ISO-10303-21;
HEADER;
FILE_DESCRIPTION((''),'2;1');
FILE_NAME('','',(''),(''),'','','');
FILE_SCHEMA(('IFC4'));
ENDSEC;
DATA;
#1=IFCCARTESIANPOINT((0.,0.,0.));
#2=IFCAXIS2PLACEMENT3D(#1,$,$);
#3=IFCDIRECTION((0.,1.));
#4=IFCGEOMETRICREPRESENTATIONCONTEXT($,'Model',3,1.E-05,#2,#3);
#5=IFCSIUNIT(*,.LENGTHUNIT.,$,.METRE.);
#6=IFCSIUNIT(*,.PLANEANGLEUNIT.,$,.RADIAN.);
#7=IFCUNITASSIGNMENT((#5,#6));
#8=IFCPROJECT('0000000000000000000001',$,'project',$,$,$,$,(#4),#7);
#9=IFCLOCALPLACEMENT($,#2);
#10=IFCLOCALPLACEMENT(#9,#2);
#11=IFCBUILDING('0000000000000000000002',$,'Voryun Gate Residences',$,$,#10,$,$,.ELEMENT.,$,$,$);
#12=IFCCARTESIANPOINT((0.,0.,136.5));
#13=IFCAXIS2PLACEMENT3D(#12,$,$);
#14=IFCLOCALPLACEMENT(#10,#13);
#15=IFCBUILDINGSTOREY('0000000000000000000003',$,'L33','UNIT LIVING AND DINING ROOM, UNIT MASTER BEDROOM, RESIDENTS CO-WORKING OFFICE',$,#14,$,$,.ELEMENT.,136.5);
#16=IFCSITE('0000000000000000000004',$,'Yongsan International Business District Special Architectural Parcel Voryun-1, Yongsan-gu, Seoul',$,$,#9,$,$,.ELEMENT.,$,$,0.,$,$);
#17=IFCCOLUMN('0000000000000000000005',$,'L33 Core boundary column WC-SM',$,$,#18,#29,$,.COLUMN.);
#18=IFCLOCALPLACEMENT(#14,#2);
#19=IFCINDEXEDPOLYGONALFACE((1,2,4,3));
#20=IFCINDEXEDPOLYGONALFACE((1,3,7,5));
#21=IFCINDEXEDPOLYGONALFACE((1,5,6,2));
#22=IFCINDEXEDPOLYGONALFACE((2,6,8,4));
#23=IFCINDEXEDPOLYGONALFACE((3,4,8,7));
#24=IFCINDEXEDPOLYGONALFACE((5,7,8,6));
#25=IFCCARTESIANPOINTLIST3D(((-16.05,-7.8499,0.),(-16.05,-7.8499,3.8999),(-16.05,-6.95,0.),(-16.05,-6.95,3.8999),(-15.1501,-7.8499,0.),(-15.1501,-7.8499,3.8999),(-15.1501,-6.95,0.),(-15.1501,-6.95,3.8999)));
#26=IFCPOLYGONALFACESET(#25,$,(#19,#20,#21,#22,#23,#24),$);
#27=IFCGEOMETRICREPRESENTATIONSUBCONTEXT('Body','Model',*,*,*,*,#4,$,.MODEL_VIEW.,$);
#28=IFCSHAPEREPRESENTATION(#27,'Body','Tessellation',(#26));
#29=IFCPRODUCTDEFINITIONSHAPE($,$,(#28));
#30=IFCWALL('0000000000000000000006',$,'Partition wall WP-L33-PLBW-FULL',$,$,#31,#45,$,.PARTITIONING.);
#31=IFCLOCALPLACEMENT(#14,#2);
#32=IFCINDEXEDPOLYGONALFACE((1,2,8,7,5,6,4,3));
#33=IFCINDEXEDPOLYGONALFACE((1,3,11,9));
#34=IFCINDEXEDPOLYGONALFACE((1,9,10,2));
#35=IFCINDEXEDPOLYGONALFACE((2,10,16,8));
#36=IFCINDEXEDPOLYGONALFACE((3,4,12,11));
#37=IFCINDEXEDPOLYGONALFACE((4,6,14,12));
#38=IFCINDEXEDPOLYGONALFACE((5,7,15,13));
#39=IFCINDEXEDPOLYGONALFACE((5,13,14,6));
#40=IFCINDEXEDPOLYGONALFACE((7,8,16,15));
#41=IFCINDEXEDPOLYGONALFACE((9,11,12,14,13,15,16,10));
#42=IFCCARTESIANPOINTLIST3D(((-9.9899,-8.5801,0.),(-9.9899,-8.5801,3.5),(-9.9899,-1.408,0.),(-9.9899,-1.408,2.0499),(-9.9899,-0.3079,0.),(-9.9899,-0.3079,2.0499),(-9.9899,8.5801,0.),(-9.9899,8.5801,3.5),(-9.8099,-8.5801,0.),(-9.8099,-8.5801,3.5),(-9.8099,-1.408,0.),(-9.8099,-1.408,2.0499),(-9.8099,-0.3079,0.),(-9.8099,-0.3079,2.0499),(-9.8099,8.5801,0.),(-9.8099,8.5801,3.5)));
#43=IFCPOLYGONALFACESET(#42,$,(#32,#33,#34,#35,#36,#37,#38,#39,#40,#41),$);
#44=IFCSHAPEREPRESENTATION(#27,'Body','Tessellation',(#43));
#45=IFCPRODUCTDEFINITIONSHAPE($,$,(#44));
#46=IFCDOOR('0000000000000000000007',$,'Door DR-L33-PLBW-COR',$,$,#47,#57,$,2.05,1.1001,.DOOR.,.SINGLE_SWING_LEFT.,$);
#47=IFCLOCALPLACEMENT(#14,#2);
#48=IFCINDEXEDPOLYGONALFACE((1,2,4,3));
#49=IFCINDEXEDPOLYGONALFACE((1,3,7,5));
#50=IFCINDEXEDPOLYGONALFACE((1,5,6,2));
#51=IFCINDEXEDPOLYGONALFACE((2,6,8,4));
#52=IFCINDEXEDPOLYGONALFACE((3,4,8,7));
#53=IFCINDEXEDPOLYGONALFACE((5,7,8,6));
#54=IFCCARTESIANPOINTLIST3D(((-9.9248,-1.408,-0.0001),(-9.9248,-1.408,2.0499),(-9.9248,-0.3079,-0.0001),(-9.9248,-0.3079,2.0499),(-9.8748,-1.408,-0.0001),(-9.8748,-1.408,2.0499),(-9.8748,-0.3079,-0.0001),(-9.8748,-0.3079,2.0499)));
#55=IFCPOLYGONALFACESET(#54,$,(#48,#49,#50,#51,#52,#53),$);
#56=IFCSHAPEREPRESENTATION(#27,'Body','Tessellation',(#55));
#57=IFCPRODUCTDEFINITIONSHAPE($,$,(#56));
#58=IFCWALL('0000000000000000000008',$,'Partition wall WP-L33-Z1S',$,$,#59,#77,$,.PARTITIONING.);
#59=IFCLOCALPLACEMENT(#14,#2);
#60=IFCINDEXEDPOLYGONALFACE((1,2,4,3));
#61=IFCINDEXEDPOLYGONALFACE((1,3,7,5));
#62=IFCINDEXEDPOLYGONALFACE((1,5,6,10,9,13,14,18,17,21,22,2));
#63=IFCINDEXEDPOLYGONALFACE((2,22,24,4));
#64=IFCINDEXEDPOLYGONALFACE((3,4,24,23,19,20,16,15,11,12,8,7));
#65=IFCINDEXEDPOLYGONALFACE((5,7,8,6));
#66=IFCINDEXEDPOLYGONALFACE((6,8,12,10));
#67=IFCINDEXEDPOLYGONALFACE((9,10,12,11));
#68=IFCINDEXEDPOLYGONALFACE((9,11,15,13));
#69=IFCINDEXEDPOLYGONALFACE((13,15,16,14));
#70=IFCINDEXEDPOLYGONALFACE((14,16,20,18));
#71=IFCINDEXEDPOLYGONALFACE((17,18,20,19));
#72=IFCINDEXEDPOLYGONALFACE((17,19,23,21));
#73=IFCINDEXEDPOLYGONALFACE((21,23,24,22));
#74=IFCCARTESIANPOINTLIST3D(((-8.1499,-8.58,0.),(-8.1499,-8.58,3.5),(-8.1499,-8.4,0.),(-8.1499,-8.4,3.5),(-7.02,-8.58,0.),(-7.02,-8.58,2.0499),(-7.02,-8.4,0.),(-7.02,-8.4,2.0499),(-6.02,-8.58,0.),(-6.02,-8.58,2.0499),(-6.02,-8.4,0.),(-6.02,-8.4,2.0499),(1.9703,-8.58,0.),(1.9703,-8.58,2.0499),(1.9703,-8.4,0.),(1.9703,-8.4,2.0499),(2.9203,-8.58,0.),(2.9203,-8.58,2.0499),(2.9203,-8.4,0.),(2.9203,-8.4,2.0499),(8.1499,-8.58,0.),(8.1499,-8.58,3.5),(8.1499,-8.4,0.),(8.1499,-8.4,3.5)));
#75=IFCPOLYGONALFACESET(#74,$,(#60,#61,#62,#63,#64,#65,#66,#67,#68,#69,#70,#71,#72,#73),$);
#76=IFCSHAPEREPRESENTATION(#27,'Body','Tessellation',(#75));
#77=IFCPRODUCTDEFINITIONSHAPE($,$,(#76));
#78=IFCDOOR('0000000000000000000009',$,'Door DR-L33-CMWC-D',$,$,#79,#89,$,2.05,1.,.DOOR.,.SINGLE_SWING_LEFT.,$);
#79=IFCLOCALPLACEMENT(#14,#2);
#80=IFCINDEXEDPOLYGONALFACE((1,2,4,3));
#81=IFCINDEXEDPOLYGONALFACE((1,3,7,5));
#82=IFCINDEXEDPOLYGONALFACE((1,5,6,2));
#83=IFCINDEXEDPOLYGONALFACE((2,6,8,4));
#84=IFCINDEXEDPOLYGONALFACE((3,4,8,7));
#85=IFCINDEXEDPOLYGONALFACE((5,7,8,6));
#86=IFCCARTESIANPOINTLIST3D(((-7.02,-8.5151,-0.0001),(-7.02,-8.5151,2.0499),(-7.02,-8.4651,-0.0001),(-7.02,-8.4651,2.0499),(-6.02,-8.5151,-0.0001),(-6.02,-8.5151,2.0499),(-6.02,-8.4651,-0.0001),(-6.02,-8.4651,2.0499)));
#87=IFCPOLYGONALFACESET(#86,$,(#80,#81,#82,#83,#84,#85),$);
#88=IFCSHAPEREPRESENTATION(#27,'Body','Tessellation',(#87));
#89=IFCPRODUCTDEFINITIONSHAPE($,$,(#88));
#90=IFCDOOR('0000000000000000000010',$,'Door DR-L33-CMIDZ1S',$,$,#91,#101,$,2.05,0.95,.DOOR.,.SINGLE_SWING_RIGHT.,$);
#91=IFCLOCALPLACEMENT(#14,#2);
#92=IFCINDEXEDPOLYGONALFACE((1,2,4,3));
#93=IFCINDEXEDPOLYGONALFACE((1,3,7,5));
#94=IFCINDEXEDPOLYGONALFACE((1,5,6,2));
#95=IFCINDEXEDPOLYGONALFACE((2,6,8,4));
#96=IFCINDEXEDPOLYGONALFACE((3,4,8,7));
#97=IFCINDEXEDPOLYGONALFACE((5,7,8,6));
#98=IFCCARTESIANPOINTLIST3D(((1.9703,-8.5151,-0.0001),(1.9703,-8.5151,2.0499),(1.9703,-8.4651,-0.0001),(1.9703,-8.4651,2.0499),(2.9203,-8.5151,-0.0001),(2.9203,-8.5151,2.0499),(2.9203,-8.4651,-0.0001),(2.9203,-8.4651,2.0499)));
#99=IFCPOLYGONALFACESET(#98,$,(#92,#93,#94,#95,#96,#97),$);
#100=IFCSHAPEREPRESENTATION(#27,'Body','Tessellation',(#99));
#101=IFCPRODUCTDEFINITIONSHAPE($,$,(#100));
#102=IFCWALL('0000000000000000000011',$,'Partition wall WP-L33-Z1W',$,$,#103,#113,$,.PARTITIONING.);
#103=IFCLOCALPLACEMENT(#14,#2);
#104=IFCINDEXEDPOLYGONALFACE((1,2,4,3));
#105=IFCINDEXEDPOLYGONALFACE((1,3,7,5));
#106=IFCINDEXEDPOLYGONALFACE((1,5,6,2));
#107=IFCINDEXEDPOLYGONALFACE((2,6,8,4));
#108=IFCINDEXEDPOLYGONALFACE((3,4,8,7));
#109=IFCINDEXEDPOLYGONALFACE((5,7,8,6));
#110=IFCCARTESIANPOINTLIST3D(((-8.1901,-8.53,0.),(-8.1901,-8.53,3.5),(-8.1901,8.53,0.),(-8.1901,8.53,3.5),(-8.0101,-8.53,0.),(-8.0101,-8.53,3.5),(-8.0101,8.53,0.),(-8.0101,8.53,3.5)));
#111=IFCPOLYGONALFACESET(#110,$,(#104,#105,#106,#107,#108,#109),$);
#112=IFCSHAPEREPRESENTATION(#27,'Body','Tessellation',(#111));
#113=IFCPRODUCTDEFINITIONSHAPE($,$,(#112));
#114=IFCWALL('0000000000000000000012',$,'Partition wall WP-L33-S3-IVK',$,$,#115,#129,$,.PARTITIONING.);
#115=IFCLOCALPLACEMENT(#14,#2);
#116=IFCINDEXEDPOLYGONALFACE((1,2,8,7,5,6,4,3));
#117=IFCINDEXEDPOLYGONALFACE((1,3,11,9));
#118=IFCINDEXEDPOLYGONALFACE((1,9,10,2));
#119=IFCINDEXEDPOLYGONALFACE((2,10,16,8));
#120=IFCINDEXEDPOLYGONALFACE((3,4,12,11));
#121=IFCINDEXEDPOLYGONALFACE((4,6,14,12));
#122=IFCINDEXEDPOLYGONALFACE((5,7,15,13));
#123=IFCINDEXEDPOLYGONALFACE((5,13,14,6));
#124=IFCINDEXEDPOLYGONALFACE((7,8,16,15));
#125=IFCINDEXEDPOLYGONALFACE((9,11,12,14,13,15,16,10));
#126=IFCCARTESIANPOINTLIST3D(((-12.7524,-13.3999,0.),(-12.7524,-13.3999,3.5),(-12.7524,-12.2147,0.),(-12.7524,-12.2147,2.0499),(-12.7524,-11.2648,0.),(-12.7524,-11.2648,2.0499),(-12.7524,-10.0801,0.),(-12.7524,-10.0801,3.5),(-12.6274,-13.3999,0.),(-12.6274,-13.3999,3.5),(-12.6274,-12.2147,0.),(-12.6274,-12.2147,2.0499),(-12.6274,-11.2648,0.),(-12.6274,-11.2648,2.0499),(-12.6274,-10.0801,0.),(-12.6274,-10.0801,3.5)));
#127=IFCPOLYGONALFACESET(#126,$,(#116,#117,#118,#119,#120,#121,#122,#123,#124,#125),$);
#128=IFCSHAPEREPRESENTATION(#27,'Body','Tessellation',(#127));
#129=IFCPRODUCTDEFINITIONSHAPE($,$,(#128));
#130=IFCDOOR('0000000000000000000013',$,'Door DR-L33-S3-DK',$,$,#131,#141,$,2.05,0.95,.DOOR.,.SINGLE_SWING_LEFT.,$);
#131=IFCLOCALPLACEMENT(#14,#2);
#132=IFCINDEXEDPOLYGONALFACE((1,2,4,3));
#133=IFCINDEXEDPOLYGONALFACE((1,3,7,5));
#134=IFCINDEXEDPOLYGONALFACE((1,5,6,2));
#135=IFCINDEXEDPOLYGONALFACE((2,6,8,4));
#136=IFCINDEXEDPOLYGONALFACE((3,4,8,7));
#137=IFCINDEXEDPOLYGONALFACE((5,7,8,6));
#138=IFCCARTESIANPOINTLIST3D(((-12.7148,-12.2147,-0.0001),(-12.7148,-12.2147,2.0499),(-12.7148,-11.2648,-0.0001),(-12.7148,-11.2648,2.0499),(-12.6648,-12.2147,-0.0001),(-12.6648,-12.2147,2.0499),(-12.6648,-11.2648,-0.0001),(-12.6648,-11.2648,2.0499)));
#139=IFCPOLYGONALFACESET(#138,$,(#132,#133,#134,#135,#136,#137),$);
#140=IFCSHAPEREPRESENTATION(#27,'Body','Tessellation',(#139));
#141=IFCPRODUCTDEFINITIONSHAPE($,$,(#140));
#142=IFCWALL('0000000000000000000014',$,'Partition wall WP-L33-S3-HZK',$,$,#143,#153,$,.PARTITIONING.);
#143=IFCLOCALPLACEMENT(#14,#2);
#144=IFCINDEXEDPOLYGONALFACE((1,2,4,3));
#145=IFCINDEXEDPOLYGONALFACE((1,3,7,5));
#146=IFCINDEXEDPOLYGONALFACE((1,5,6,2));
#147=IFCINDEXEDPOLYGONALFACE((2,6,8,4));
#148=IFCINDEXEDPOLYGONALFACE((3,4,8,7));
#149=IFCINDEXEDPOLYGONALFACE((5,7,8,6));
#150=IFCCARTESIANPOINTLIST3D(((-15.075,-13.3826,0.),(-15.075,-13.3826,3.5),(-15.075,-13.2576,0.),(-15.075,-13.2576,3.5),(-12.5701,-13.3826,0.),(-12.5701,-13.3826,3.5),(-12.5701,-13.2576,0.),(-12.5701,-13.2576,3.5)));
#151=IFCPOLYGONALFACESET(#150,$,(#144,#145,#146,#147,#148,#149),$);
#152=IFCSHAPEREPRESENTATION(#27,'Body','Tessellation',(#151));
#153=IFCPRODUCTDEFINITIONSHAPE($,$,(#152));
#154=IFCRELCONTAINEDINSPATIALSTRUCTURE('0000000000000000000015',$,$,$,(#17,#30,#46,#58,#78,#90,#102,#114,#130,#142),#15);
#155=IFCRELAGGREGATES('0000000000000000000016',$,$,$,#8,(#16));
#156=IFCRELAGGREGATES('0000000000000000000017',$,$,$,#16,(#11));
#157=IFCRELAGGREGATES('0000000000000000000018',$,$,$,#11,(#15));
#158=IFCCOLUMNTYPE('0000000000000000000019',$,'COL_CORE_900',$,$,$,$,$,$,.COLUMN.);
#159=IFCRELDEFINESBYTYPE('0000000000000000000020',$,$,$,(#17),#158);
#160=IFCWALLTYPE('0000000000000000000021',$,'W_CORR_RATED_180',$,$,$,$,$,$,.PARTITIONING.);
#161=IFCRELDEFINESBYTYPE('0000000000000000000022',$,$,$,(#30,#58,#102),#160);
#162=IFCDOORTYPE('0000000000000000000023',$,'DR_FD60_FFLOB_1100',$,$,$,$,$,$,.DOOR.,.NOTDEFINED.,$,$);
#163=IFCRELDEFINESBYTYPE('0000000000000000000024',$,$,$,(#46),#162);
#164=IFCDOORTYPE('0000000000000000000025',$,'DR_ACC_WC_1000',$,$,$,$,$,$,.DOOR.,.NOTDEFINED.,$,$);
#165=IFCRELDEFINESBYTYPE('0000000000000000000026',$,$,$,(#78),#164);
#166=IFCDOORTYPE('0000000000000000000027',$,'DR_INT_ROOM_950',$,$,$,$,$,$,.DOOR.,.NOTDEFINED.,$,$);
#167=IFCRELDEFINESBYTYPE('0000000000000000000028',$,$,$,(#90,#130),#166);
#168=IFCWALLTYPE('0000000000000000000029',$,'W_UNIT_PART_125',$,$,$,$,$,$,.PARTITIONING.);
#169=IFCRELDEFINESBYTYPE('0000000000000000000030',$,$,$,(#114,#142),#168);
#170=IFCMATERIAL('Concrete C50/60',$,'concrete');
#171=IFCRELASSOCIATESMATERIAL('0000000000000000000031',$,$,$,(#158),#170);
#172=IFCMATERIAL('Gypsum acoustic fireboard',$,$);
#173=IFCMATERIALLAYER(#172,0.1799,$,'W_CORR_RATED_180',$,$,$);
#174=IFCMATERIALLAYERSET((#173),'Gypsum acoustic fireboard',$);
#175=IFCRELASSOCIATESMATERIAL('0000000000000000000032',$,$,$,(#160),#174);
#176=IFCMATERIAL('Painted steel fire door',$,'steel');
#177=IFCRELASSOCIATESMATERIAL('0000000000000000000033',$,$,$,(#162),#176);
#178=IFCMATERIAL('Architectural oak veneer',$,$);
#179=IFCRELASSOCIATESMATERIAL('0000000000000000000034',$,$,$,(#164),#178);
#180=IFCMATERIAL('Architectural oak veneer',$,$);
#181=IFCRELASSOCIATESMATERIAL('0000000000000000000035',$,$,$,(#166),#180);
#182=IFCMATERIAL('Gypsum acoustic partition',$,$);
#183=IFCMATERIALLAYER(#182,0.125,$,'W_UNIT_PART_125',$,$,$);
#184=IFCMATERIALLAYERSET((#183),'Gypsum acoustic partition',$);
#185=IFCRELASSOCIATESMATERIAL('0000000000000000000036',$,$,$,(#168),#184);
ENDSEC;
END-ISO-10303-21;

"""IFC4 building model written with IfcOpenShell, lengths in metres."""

from ifc_helpers import new_model, si_unit, direction, frame, frame_2d, origin, origin_2d, place, context, subcontext, project, spatial, rectangle, extrude, material, layer, layer_set, material_profile, profile_set, type_object, element, fill, save


model = new_model("IFC4")

# Units and contexts
model_context = context("Model", 3, precision=1e-05, world=origin(), true_north=direction((0.0, 1.0)))
body_context = subcontext(model_context, "Body", "Model", "MODEL_VIEW")
ifc_project = project(units=[si_unit("LENGTHUNIT", "METRE"), si_unit("PLANEANGLEUNIT", "RADIAN")], contexts=[model_context])

# Site, building, storey
site_placement = place(None, origin())
site = spatial("IfcSite", under=ifc_project, at=site_placement, Name="Yongsan International Business District Special Architectural Parcel Voryun-1, Yongsan-gu, Seoul", CompositionType="ELEMENT", RefElevation=0.0)
building_placement = place(site_placement, origin())
building = spatial("IfcBuilding", under=site, at=building_placement, Name="Voryun Gate Residences", CompositionType="ELEMENT")
storey_placement = place(building_placement, frame((0.0, 0.0, 136.5)))
storey = spatial("IfcBuildingStorey", under=building, at=storey_placement, Name="L33", Description="UNIT LIVING AND DINING ROOM, UNIT MASTER BEDROOM, RESIDENTS CO-WORKING OFFICE", CompositionType="ELEMENT", Elevation=136.5)

# Column
ifc_material_1 = material(Name="Concrete C50/60", Category="concrete")
ifc_material_profile = material_profile(ifc_material_1, rectangle(XDim=0.8999, YDim=0.8999, at=origin_2d()), Name="RC-900x900")
ifc_profile_set = profile_set([ifc_material_profile], Name="Concrete C50/60")
column_type = type_object("IfcColumnType", Name="COL_CORE_900", PredefinedType="COLUMN", material=ifc_profile_set)
column_placement = place(storey_placement, frame((-15.6001, -7.3999, 0.0), z_axis=(0.0, 0.0, 1.0), x_axis=(1.0, 0.0, 0.0)))
element("IfcColumn", 1, at=column_placement, inside=storey, type_object=column_type, Name="L33 Core boundary column WC-SM", PredefinedType="COLUMN", context=body_context, shape_type="SweptSolid", body=[
    extrude(rectangle(XDim=0.8999, YDim=0.8999, at=origin_2d()), origin(), (0.0, 0.0, 1.0), 3.8999),
])

# Wall, opening, door
ifc_material_2 = material(Name="Gypsum acoustic fireboard")
ifc_layer_1 = layer(ifc_material_2, 0.1799, Name="W_CORR_RATED_180")
ifc_layer_set_1 = layer_set([ifc_layer_1], Name="Gypsum acoustic fireboard")
wall_type_1 = type_object("IfcWallType", Name="W_CORR_RATED_180", PredefinedType="PARTITIONING", material=ifc_layer_set_1)
wall_1_placement = place(storey_placement, frame((-9.8999, -8.5801, 0.0), z_axis=(0.0, 0.0, 1.0), x_axis=(0.0, 1.0, 0.0)))
wall_1 = element("IfcWall", 2, at=wall_1_placement, inside=storey, type_object=wall_type_1, Name="Partition wall WP-L33-PLBW-FULL", PredefinedType="PARTITIONING", context=body_context, shape_type="SweptSolid", body=[
    extrude(rectangle(XDim=17.1602, YDim=0.1799, at=frame_2d((8.5801, 0.0))), origin(), (0.0, 0.0, 1.0), 3.5),
])
opening_1_placement = place(wall_1_placement, frame((7.1721, 0.0, 0.0)))
opening_1 = element("IfcOpeningElement", 3, at=opening_1_placement, cuts=wall_1, PredefinedType="OPENING", context=body_context, shape_type="SweptSolid", body=[
    extrude(rectangle(XDim=1.1001, YDim=2.05, at=frame_2d((0.55, 1.0249))), frame((0.0, 0.0999, 0.0), z_axis=(0.0, -1.0, 0.0), x_axis=(1.0, 0.0, 0.0)), (0.0, 0.0, 1.0), 0.2),
])
ifc_material_3 = material(Name="Painted steel fire door", Category="steel")
door_type_1 = type_object("IfcDoorType", Name="DR_FD60_FFLOB_1100", OperationType="NOTDEFINED", PredefinedType="DOOR", material=ifc_material_3)
door_1_placement = place(opening_1_placement, origin())
door_1 = element("IfcDoor", 4, at=door_1_placement, inside=storey, type_object=door_type_1, Name="Door DR-L33-PLBW-COR", OperationType="SINGLE_SWING_LEFT", OverallHeight=2.05, OverallWidth=1.1001, PredefinedType="DOOR", context=body_context, shape_type="SweptSolid", body=[
    extrude(rectangle(XDim=1.1001, YDim=2.05, at=frame_2d((0.55, 1.0249))), frame((0.0, 0.0249, 0.0), z_axis=(0.0, -1.0, 0.0), x_axis=(1.0, 0.0, 0.0)), (0.0, 0.0, 1.0), 0.05),
])
fill(opening_1, door_1)

# Wall, openings, doors
wall_2_placement = place(storey_placement, frame((-8.1499, -8.49, 0.0), z_axis=(0.0, 0.0, 1.0), x_axis=(1.0, 0.0, 0.0)))
wall_2 = element("IfcWall", 5, at=wall_2_placement, inside=storey, type_object=wall_type_1, Name="Partition wall WP-L33-Z1S", PredefinedType="PARTITIONING", context=body_context, shape_type="SweptSolid", body=[
    extrude(rectangle(XDim=16.2998, YDim=0.1799, at=frame_2d((8.1499, 0.0))), origin(), (0.0, 0.0, 1.0), 3.5),
])
opening_2_placement = place(wall_2_placement, frame((1.1299, 0.0, 0.0)))
opening_2 = element("IfcOpeningElement", 6, at=opening_2_placement, cuts=wall_2, PredefinedType="OPENING", context=body_context, shape_type="SweptSolid", body=[
    extrude(rectangle(XDim=1.0, YDim=2.05, at=frame_2d((0.5, 1.0249))), frame((0.0, 0.0999, 0.0), z_axis=(0.0, -1.0, 0.0), x_axis=(1.0, 0.0, 0.0)), (0.0, 0.0, 1.0), 0.2),
])
opening_3_placement = place(wall_2_placement, frame((10.1201, 0.0, 0.0)))
opening_3 = element("IfcOpeningElement", 7, at=opening_3_placement, cuts=wall_2, PredefinedType="OPENING", context=body_context, shape_type="SweptSolid", body=[
    extrude(rectangle(XDim=0.95, YDim=2.05, at=frame_2d((0.4751, 1.0249))), frame((0.0, 0.0999, 0.0), z_axis=(0.0, -1.0, 0.0), x_axis=(1.0, 0.0, 0.0)), (0.0, 0.0, 1.0), 0.2),
])
ifc_material_4 = material(Name="Architectural oak veneer")
door_type_2 = type_object("IfcDoorType", Name="DR_ACC_WC_1000", OperationType="NOTDEFINED", PredefinedType="DOOR", material=ifc_material_4)
door_2_placement = place(opening_2_placement, origin())
door_2 = element("IfcDoor", 8, at=door_2_placement, inside=storey, type_object=door_type_2, Name="Door DR-L33-CMWC-D", OperationType="SINGLE_SWING_LEFT", OverallHeight=2.05, OverallWidth=1.0, PredefinedType="DOOR", context=body_context, shape_type="SweptSolid", body=[
    extrude(rectangle(XDim=1.0, YDim=2.05, at=frame_2d((0.5, 1.0249))), frame((0.0, 0.0249, 0.0), z_axis=(0.0, -1.0, 0.0), x_axis=(1.0, 0.0, 0.0)), (0.0, 0.0, 1.0), 0.05),
])
fill(opening_2, door_2)
ifc_material_5 = material(Name="Architectural oak veneer")
door_type_3 = type_object("IfcDoorType", Name="DR_INT_ROOM_950", OperationType="NOTDEFINED", PredefinedType="DOOR", material=ifc_material_5)
door_3_placement = place(opening_3_placement, origin())
door_3 = element("IfcDoor", 9, at=door_3_placement, inside=storey, type_object=door_type_3, Name="Door DR-L33-CMIDZ1S", OperationType="SINGLE_SWING_RIGHT", OverallHeight=2.05, OverallWidth=0.95, PredefinedType="DOOR", context=body_context, shape_type="SweptSolid", body=[
    extrude(rectangle(XDim=0.95, YDim=2.05, at=frame_2d((0.4751, 1.0249))), frame((0.0, 0.0249, 0.0), z_axis=(0.0, -1.0, 0.0), x_axis=(1.0, 0.0, 0.0)), (0.0, 0.0, 1.0), 0.05),
])
fill(opening_3, door_3)

# Wall
wall_3_placement = place(storey_placement, frame((-8.1001, -8.53, 0.0), z_axis=(0.0, 0.0, 1.0), x_axis=(0.0, 1.0, 0.0)))
element("IfcWall", 10, at=wall_3_placement, inside=storey, type_object=wall_type_1, Name="Partition wall WP-L33-Z1W", PredefinedType="PARTITIONING", context=body_context, shape_type="SweptSolid", body=[
    extrude(rectangle(XDim=17.0601, YDim=0.1799, at=frame_2d((8.53, 0.0))), origin(), (0.0, 0.0, 1.0), 3.5),
])

# Wall, opening, door
ifc_material_6 = material(Name="Gypsum acoustic partition")
ifc_layer_2 = layer(ifc_material_6, 0.125, Name="W_UNIT_PART_125")
ifc_layer_set_2 = layer_set([ifc_layer_2], Name="Gypsum acoustic partition")
wall_type_2 = type_object("IfcWallType", Name="W_UNIT_PART_125", PredefinedType="PARTITIONING", material=ifc_layer_set_2)
wall_4_placement = place(storey_placement, frame((-12.6899, -13.3999, 0.0), z_axis=(0.0, 0.0, 1.0), x_axis=(0.0, 1.0, 0.0)))
wall_4 = element("IfcWall", 11, at=wall_4_placement, inside=storey, type_object=wall_type_2, Name="Partition wall WP-L33-S3-IVK", PredefinedType="PARTITIONING", context=body_context, shape_type="SweptSolid", body=[
    extrude(rectangle(XDim=3.3198, YDim=0.125, at=frame_2d((1.6599, 0.0))), origin(), (0.0, 0.0, 1.0), 3.5),
])
opening_4_placement = place(wall_4_placement, frame((1.1851, 0.0, 0.0)))
opening_4 = element("IfcOpeningElement", 12, at=opening_4_placement, cuts=wall_4, PredefinedType="OPENING", context=body_context, shape_type="SweptSolid", body=[
    extrude(rectangle(XDim=0.95, YDim=2.05, at=frame_2d((0.4751, 1.0249))), frame((0.0, 0.0725, 0.0), z_axis=(0.0, -1.0, 0.0), x_axis=(1.0, 0.0, 0.0)), (0.0, 0.0, 1.0), 0.145),
])
door_4_placement = place(opening_4_placement, origin())
door_4 = element("IfcDoor", 13, at=door_4_placement, inside=storey, type_object=door_type_3, Name="Door DR-L33-S3-DK", OperationType="SINGLE_SWING_LEFT", OverallHeight=2.05, OverallWidth=0.95, PredefinedType="DOOR", context=body_context, shape_type="SweptSolid", body=[
    extrude(rectangle(XDim=0.95, YDim=2.05, at=frame_2d((0.4751, 1.0249))), frame((0.0, 0.0249, 0.0), z_axis=(0.0, -1.0, 0.0), x_axis=(1.0, 0.0, 0.0)), (0.0, 0.0, 1.0), 0.05),
])
fill(opening_4, door_4)

# Wall
wall_5_placement = place(storey_placement, frame((-15.075, -13.3201, 0.0), z_axis=(0.0, 0.0, 1.0), x_axis=(1.0, 0.0, 0.0)))
element("IfcWall", 14, at=wall_5_placement, inside=storey, type_object=wall_type_2, Name="Partition wall WP-L33-S3-HZK", PredefinedType="PARTITIONING", context=body_context, shape_type="SweptSolid", body=[
    extrude(rectangle(XDim=2.5049, YDim=0.125, at=frame_2d((1.2524, 0.0))), origin(), (0.0, 0.0, 1.0), 3.5),
])

save(model, "model.ifc")
